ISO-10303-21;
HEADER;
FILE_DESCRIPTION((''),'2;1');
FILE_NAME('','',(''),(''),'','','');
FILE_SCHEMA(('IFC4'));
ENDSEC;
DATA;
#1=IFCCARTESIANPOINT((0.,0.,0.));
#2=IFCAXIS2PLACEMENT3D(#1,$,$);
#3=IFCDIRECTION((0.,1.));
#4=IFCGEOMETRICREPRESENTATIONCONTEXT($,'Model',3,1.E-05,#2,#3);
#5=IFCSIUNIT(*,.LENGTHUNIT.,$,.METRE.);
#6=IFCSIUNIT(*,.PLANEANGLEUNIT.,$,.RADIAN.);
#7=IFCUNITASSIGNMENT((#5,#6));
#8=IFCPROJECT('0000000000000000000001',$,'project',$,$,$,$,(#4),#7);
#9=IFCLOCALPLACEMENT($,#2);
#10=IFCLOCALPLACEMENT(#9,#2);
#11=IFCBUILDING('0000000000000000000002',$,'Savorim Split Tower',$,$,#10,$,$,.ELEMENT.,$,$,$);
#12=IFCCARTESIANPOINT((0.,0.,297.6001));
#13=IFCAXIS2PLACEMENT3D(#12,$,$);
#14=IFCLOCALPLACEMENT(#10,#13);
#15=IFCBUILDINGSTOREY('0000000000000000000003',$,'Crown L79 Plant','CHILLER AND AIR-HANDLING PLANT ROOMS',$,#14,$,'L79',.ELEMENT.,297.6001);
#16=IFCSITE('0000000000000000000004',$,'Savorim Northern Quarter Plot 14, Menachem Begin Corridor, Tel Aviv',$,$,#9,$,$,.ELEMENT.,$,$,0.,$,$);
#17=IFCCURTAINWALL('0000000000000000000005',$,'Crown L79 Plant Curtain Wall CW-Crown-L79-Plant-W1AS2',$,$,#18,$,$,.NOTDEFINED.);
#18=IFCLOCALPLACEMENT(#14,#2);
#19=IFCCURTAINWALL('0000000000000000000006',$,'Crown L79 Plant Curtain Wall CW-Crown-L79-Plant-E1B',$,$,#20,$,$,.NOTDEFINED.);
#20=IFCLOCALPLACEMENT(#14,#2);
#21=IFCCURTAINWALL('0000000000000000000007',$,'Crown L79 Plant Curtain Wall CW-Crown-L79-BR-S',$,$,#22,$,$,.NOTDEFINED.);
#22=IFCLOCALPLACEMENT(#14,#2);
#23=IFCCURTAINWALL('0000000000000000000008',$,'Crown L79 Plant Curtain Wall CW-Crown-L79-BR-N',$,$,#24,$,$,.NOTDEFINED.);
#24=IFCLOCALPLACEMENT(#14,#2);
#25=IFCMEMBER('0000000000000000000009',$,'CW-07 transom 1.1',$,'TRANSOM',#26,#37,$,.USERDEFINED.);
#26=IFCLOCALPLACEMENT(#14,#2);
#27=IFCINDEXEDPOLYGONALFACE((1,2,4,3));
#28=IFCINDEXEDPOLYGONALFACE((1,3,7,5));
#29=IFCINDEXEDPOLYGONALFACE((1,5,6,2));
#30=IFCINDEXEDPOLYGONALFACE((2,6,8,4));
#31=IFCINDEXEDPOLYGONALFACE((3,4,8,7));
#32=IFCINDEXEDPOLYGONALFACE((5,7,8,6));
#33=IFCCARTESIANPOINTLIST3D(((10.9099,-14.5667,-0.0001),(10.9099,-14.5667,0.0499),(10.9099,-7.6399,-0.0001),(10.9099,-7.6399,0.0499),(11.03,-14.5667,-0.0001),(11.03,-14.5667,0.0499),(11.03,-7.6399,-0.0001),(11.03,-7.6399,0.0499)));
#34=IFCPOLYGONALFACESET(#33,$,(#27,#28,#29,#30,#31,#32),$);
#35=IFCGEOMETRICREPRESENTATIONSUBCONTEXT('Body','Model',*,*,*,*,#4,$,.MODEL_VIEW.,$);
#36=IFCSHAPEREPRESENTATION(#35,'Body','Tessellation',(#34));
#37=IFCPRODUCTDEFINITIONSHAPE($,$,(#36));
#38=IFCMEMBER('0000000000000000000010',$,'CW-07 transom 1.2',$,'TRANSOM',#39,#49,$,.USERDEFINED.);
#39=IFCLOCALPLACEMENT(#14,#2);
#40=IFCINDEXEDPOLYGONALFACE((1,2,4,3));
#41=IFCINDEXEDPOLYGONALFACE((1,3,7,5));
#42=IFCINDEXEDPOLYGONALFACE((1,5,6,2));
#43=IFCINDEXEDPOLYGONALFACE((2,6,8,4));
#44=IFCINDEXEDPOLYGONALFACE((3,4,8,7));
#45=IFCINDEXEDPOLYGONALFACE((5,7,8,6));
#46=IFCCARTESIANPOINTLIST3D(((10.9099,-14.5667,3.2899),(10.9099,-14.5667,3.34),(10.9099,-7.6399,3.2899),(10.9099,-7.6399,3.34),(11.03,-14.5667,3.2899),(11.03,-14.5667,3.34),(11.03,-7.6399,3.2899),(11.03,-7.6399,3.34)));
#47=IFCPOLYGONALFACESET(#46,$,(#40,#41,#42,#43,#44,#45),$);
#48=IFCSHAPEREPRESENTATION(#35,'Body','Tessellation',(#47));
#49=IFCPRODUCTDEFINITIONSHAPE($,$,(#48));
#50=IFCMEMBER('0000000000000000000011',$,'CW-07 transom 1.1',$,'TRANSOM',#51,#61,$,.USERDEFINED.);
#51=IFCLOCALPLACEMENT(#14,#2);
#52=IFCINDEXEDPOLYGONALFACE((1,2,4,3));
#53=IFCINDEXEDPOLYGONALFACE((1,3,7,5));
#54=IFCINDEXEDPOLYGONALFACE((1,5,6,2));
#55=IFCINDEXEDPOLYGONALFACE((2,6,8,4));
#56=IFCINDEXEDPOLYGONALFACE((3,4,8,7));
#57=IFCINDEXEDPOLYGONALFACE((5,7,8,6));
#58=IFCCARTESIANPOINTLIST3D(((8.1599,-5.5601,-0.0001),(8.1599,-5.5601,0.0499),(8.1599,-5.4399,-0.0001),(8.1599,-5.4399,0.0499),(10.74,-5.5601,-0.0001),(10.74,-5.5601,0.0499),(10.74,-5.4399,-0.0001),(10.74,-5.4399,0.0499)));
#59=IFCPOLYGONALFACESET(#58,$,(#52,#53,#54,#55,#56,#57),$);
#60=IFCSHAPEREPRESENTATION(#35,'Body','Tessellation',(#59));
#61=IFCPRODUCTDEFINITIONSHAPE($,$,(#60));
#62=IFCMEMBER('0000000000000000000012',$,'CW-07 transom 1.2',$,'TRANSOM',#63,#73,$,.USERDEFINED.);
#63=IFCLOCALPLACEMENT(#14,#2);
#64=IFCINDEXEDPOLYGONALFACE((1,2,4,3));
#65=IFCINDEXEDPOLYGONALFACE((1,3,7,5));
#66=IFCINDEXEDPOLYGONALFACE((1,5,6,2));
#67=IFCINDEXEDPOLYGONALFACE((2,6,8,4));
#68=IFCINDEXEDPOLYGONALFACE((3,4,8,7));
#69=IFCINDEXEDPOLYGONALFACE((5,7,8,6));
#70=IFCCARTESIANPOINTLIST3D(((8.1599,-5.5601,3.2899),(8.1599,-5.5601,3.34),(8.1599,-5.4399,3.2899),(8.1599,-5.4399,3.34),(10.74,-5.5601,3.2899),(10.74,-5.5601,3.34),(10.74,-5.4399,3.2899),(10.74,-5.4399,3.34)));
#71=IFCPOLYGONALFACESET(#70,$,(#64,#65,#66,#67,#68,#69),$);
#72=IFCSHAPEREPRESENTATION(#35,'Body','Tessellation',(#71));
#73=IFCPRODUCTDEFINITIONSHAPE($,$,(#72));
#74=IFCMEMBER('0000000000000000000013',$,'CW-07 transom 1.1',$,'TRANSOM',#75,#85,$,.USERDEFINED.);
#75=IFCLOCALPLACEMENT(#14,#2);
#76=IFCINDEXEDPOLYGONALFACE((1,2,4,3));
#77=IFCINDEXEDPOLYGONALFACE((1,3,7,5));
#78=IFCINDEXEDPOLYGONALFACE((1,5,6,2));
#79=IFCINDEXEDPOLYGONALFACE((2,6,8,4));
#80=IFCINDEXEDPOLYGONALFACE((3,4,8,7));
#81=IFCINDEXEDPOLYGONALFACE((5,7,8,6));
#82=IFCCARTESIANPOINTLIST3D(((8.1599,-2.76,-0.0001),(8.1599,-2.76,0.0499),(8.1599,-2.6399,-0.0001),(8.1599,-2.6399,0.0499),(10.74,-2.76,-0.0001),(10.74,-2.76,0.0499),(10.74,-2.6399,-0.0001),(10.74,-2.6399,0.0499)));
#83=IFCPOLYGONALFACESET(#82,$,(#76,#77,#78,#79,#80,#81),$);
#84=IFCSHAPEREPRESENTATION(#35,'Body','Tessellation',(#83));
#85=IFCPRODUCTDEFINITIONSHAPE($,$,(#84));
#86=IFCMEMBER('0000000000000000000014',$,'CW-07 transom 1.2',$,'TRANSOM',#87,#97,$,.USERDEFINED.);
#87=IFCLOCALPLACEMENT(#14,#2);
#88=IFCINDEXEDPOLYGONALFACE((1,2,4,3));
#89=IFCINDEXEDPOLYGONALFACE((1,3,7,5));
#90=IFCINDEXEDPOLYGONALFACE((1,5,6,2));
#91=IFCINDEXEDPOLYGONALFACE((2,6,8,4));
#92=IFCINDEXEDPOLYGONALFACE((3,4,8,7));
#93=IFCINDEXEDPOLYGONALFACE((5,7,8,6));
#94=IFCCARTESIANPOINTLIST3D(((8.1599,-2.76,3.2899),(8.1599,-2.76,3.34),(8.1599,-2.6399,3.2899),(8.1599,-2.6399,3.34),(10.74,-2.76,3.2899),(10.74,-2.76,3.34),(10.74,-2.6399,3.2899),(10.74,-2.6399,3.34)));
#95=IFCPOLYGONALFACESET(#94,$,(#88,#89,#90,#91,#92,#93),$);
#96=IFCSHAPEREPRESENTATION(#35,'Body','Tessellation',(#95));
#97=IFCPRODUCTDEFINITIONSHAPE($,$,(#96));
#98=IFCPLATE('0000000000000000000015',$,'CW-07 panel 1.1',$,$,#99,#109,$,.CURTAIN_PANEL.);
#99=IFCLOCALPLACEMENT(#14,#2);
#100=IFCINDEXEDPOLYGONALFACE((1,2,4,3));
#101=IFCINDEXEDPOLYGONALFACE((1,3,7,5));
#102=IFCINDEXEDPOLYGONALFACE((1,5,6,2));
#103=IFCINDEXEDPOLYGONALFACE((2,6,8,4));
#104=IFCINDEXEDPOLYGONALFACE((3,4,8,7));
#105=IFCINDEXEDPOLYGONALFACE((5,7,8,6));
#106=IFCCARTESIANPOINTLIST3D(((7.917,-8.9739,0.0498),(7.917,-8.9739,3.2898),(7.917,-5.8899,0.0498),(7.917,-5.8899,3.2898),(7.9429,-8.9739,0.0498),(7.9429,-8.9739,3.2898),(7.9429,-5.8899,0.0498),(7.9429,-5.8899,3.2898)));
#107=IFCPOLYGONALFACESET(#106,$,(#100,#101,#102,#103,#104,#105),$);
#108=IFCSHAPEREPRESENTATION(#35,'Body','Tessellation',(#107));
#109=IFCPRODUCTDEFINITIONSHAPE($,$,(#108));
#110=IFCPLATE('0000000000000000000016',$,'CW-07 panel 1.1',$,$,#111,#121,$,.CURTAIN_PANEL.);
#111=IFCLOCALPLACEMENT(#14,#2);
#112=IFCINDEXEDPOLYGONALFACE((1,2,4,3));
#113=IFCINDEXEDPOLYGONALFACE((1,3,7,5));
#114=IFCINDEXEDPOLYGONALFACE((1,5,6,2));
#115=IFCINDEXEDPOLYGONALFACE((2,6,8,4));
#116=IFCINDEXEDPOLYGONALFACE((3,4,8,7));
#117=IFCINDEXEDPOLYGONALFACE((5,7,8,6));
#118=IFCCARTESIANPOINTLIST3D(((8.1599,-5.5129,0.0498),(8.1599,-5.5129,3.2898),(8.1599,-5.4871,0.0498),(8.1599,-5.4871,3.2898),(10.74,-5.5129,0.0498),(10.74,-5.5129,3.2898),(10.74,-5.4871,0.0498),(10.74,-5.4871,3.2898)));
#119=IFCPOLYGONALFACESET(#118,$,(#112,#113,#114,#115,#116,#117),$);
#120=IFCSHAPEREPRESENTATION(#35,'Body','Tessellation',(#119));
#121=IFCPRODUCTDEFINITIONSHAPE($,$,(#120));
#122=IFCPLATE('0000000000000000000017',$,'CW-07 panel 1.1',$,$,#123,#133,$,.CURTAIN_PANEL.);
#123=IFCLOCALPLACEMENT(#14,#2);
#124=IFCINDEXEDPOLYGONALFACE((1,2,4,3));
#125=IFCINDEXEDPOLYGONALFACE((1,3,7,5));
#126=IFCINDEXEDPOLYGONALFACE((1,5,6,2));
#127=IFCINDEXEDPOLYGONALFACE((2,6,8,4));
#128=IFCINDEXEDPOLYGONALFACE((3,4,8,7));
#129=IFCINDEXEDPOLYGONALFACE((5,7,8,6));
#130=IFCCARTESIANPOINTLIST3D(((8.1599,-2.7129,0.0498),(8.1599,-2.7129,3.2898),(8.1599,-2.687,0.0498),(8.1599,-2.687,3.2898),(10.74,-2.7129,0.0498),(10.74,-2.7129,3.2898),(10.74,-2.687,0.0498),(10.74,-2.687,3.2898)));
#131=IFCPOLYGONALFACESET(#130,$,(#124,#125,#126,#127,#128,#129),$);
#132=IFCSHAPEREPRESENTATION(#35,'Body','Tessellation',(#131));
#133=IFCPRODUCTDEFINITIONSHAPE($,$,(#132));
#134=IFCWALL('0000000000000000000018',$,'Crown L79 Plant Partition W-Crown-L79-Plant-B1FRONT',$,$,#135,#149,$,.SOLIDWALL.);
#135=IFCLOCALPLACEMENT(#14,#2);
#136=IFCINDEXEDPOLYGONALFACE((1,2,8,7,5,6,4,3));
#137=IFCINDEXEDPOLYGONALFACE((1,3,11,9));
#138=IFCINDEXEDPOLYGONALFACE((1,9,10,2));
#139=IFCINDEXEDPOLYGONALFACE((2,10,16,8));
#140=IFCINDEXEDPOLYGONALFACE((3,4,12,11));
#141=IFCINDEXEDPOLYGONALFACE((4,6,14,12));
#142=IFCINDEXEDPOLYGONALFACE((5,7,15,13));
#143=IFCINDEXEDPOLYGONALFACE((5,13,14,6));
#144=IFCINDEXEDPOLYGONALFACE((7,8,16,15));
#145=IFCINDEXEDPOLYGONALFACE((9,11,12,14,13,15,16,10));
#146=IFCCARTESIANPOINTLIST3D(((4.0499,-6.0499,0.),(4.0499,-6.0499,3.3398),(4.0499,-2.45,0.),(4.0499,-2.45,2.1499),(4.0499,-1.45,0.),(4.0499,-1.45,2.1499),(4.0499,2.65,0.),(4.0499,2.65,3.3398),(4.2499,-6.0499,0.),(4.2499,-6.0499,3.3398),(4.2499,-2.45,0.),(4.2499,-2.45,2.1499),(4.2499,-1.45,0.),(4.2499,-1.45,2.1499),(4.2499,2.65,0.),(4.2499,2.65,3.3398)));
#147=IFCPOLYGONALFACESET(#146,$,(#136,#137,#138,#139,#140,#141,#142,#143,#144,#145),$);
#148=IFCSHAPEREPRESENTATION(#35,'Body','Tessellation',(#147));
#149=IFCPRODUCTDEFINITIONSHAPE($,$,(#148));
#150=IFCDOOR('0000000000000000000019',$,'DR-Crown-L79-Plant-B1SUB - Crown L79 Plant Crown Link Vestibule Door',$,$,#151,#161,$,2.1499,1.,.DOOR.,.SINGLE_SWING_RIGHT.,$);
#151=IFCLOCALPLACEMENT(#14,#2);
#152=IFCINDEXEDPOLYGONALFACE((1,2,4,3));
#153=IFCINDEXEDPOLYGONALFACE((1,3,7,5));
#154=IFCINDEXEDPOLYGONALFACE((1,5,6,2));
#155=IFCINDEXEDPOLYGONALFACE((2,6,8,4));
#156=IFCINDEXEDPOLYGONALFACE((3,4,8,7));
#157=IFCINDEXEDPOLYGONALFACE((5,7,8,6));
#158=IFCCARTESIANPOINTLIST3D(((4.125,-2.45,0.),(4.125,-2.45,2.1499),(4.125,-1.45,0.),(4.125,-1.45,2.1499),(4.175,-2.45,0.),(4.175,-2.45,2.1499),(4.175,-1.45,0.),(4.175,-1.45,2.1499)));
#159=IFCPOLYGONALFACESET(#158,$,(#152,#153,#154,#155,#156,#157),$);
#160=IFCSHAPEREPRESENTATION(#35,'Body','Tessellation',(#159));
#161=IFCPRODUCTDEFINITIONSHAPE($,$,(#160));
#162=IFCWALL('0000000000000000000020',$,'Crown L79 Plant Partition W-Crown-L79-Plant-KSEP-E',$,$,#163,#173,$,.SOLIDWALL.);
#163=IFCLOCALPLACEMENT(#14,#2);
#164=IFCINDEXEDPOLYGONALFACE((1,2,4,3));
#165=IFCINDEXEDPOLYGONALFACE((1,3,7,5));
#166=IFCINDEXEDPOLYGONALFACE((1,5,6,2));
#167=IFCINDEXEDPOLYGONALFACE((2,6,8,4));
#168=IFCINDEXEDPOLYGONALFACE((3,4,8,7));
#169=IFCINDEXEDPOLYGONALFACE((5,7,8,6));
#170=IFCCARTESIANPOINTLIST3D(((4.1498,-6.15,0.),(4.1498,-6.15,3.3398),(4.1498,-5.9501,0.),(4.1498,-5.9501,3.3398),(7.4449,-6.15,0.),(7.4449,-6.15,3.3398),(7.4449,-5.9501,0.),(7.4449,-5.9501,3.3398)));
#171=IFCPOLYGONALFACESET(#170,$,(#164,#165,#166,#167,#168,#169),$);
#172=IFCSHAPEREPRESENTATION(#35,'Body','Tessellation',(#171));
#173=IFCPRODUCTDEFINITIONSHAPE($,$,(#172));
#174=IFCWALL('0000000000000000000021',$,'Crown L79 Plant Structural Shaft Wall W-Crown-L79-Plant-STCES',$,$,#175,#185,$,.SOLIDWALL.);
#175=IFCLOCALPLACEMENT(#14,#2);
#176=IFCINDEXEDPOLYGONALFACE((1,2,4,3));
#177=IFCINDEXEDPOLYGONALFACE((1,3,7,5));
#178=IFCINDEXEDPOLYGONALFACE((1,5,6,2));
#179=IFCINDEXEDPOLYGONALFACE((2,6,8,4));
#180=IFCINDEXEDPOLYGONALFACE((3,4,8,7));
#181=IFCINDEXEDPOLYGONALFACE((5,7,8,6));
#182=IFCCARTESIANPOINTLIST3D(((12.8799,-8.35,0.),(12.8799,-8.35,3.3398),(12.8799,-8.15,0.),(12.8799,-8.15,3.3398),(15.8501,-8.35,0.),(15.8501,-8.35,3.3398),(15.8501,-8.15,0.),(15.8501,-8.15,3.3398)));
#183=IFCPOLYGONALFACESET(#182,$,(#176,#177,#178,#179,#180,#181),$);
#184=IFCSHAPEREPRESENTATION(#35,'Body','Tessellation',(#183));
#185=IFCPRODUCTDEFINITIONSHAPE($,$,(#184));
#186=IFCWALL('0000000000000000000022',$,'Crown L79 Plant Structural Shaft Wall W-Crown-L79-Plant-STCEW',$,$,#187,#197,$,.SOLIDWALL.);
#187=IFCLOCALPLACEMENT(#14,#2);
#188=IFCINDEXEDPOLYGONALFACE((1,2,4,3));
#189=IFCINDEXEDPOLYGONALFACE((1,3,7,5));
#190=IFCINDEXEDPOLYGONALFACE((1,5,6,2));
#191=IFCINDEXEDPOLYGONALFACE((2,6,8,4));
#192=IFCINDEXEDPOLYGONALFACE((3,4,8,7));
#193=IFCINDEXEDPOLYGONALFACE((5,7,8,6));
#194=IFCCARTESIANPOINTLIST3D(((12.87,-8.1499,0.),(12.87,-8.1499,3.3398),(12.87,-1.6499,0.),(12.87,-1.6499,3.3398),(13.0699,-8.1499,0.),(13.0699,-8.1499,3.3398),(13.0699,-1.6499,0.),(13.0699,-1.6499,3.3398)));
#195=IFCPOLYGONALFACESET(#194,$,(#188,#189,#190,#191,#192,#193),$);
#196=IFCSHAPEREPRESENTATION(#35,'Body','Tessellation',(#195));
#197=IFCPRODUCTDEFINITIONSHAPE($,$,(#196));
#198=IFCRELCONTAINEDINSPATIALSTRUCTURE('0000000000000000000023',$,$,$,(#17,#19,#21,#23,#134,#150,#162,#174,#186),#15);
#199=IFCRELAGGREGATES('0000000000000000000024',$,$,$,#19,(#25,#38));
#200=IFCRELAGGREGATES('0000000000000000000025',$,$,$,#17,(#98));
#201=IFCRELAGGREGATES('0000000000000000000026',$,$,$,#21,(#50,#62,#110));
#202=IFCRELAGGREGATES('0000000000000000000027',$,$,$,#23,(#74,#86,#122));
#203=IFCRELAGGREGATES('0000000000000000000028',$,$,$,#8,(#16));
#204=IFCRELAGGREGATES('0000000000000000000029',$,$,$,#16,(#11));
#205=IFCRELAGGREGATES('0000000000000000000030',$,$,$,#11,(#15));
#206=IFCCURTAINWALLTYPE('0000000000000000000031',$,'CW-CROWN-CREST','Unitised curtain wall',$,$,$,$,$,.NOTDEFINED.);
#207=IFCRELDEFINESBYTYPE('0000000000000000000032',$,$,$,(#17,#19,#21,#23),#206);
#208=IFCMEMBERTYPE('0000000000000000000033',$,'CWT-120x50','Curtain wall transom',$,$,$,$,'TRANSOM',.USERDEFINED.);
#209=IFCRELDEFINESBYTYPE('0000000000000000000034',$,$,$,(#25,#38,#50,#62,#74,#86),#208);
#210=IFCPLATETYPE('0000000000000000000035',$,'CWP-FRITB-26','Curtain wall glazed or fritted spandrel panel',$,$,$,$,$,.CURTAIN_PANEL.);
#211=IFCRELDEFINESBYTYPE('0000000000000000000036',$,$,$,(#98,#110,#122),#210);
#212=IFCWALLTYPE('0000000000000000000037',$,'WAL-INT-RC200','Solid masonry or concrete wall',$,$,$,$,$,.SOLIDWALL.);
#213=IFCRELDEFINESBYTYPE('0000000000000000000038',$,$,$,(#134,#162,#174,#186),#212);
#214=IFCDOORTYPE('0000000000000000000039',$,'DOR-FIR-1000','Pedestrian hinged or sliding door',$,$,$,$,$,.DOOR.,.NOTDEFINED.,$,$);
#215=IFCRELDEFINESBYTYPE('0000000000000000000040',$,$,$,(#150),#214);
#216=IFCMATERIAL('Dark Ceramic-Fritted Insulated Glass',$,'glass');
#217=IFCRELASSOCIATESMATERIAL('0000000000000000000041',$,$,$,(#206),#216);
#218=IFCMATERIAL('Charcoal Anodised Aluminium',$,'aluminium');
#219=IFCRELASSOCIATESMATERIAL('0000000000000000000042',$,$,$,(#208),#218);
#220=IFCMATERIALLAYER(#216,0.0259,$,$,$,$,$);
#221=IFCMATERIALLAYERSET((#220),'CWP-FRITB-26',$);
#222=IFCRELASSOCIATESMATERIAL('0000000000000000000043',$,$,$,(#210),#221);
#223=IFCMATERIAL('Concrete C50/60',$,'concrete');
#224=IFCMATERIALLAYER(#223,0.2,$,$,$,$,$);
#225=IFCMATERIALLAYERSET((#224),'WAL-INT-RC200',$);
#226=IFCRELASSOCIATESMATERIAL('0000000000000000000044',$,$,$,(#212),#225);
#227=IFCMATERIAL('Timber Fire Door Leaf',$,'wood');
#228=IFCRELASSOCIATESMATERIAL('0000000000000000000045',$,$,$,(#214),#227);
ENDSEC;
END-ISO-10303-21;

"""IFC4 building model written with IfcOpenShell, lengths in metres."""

from ifc_helpers import new_model, si_unit, direction, frame, frame_2d, origin, origin_2d, place, context, subcontext, project, spatial, rectangle, extrude, material, layer, layer_set, material_profile, profile_set, type_object, element, fill, aggregate, save


model = new_model("IFC4")

# Units and contexts
model_context = context("Model", 3, precision=1e-05, world=origin(), true_north=direction((0.0, 1.0)))
body_context = subcontext(model_context, "Body", "Model", "MODEL_VIEW")
ifc_project = project(units=[si_unit("LENGTHUNIT", "METRE"), si_unit("PLANEANGLEUNIT", "RADIAN")], contexts=[model_context])

# Site, building, storey
site_placement = place(None, origin())
site = spatial("IfcSite", under=ifc_project, at=site_placement, Name="Savorim Northern Quarter Plot 14, Menachem Begin Corridor, Tel Aviv", CompositionType="ELEMENT", RefElevation=0.0)
building_placement = place(site_placement, origin())
building = spatial("IfcBuilding", under=site, at=building_placement, Name="Savorim Split Tower", CompositionType="ELEMENT")
storey_placement = place(building_placement, frame((0.0, 0.0, 297.6001)))
storey = spatial("IfcBuildingStorey", under=building, at=storey_placement, Name="Crown L79 Plant", Description="CHILLER AND AIR-HANDLING PLANT ROOMS", LongName="L79", CompositionType="ELEMENT", Elevation=297.6001)

# Curtain walls
ifc_material_1 = material(Name="Dark Ceramic-Fritted Insulated Glass", Category="glass")
curtain_wall_type = type_object("IfcCurtainWallType", Name="CW-CROWN-CREST", Description="Unitised curtain wall", PredefinedType="NOTDEFINED", material=ifc_material_1)
curtain_wall_1_placement = place(storey_placement, origin())
curtain_wall_1 = element("IfcCurtainWall", 1, at=curtain_wall_1_placement, inside=storey, type_object=curtain_wall_type, Name="Crown L79 Plant Curtain Wall CW-Crown-L79-Plant-W1AS2", PredefinedType="NOTDEFINED")
ifc_material_2 = material(Name="Charcoal Anodised Aluminium", Category="aluminium")
curtain_wall_2_placement = place(storey_placement, origin())
curtain_wall_2 = element("IfcCurtainWall", 2, at=curtain_wall_2_placement, inside=storey, type_object=curtain_wall_type, Name="Crown L79 Plant Curtain Wall CW-Crown-L79-Plant-E1B", PredefinedType="NOTDEFINED")

# Curtain wall
curtain_wall_3_placement = place(storey_placement, origin())
curtain_wall_3 = element("IfcCurtainWall", 3, at=curtain_wall_3_placement, inside=storey, type_object=curtain_wall_type, Name="Crown L79 Plant Curtain Wall CW-Crown-L79-BR-S", PredefinedType="NOTDEFINED")

# Curtain wall
curtain_wall_4_placement = place(storey_placement, origin())
curtain_wall_4 = element("IfcCurtainWall", 4, at=curtain_wall_4_placement, inside=storey, type_object=curtain_wall_type, Name="Crown L79 Plant Curtain Wall CW-Crown-L79-BR-N", PredefinedType="NOTDEFINED")

# Members
ifc_material_profile_1 = material_profile(ifc_material_2, rectangle(XDim=0.1201, YDim=0.05, at=origin_2d()), Name="ALU-T 120x50")
ifc_profile_set_1 = profile_set([ifc_material_profile_1], Name="Charcoal Anodised Aluminium")
member_type_1 = type_object("IfcMemberType", Name="CWT-120x50", Description="Curtain wall transom", ElementType="TRANSOM", PredefinedType="USERDEFINED", material=ifc_profile_set_1)
member_1_placement = place(storey_placement, frame((10.97, -7.6399, 0.0249), z_axis=(0.0, -1.0, 0.0), x_axis=(1.0, 0.0, 0.0)))
member_1 = element("IfcMember", 5, at=member_1_placement, type_object=member_type_1, Name="CW-07 transom 1.1", ObjectType="TRANSOM", PredefinedType="USERDEFINED", context=body_context, shape_type="SweptSolid", body=[
    extrude(rectangle(XDim=0.1201, YDim=0.05, at=origin_2d()), origin(), (0.0, 0.0, 1.0), 6.9268),
])
member_2_placement = place(storey_placement, frame((10.97, -7.6399, 3.3149), z_axis=(0.0, -1.0, 0.0), x_axis=(1.0, 0.0, 0.0)))
member_2 = element("IfcMember", 6, at=member_2_placement, type_object=member_type_1, Name="CW-07 transom 1.2", ObjectType="TRANSOM", PredefinedType="USERDEFINED", context=body_context, shape_type="SweptSolid", body=[
    extrude(rectangle(XDim=0.1201, YDim=0.05, at=origin_2d()), origin(), (0.0, 0.0, 1.0), 6.9268),
])
aggregate(curtain_wall_2, [member_1, member_2])
member_3_placement = place(storey_placement, frame((8.1599, -5.5, 0.0249), z_axis=(1.0, 0.0, 0.0), x_axis=(0.0, 1.0, 0.0)))
member_3 = element("IfcMember", 7, at=member_3_placement, type_object=member_type_1, Name="CW-07 transom 1.1", ObjectType="TRANSOM", PredefinedType="USERDEFINED", context=body_context, shape_type="SweptSolid", body=[
    extrude(rectangle(XDim=0.1201, YDim=0.05, at=origin_2d()), origin(), (0.0, 0.0, 1.0), 2.5801),
])
member_4_placement = place(storey_placement, frame((8.1599, -5.5, 3.3149), z_axis=(1.0, 0.0, 0.0), x_axis=(0.0, 1.0, 0.0)))
member_4 = element("IfcMember", 8, at=member_4_placement, type_object=member_type_1, Name="CW-07 transom 1.2", ObjectType="TRANSOM", PredefinedType="USERDEFINED", context=body_context, shape_type="SweptSolid", body=[
    extrude(rectangle(XDim=0.1201, YDim=0.05, at=origin_2d()), origin(), (0.0, 0.0, 1.0), 2.5801),
])
member_5_placement = place(storey_placement, frame((10.74, -2.7, 0.0249), z_axis=(-1.0, 0.0, 0.0), x_axis=(0.0, -1.0, 0.0)))
member_5 = element("IfcMember", 9, at=member_5_placement, type_object=member_type_1, Name="CW-07 transom 1.1", ObjectType="TRANSOM", PredefinedType="USERDEFINED", context=body_context, shape_type="SweptSolid", body=[
    extrude(rectangle(XDim=0.1201, YDim=0.05, at=origin_2d()), origin(), (0.0, 0.0, 1.0), 2.5801),
])
member_6_placement = place(storey_placement, frame((10.74, -2.7, 3.3149), z_axis=(-1.0, 0.0, 0.0), x_axis=(0.0, -1.0, 0.0)))
member_6 = element("IfcMember", 10, at=member_6_placement, type_object=member_type_1, Name="CW-07 transom 1.2", ObjectType="TRANSOM", PredefinedType="USERDEFINED", context=body_context, shape_type="SweptSolid", body=[
    extrude(rectangle(XDim=0.1201, YDim=0.05, at=origin_2d()), origin(), (0.0, 0.0, 1.0), 2.5801),
])

# Plates
ifc_layer_1 = layer(ifc_material_1, 0.0259)
ifc_layer_set_1 = layer_set([ifc_layer_1], Name="CWP-FRITB-26")
plate_type = type_object("IfcPlateType", Name="CWP-FRITB-26", Description="Curtain wall glazed or fritted spandrel panel", PredefinedType="CURTAIN_PANEL", material=ifc_layer_set_1)
plate_1_placement = place(storey_placement, frame((7.9299, -7.4319, 0.0498), z_axis=(0.0, 0.0, 1.0), x_axis=(0.0, 1.0, 0.0)))
plate_1 = element("IfcPlate", 11, at=plate_1_placement, type_object=plate_type, Name="CW-07 panel 1.1", PredefinedType="CURTAIN_PANEL", context=body_context, shape_type="SweptSolid", body=[
    extrude(rectangle(XDim=3.084, YDim=0.0259, at=origin_2d()), origin(), (0.0, 0.0, 1.0), 3.24),
])
aggregate(curtain_wall_1, [plate_1])
plate_2_placement = place(storey_placement, frame((9.45, -5.5, 0.0498), z_axis=(0.0, 0.0, 1.0), x_axis=(1.0, 0.0, 0.0)))
plate_2 = element("IfcPlate", 12, at=plate_2_placement, type_object=plate_type, Name="CW-07 panel 1.1", PredefinedType="CURTAIN_PANEL", context=body_context, shape_type="SweptSolid", body=[
    extrude(rectangle(XDim=2.5801, YDim=0.0259, at=origin_2d()), origin(), (0.0, 0.0, 1.0), 3.24),
])
aggregate(curtain_wall_3, [member_3, member_4, plate_2])
plate_3_placement = place(storey_placement, frame((9.45, -2.7, 0.0498), z_axis=(0.0, 0.0, 1.0), x_axis=(-1.0, 0.0, 0.0)))
plate_3 = element("IfcPlate", 13, at=plate_3_placement, type_object=plate_type, Name="CW-07 panel 1.1", PredefinedType="CURTAIN_PANEL", context=body_context, shape_type="SweptSolid", body=[
    extrude(rectangle(XDim=2.5801, YDim=0.0259, at=origin_2d()), origin(), (0.0, 0.0, 1.0), 3.24),
])
aggregate(curtain_wall_4, [member_5, member_6, plate_3])

# Wall, opening, door
ifc_material_3 = material(Name="Concrete C50/60", Category="concrete")
ifc_layer_2 = layer(ifc_material_3, 0.2)
ifc_layer_set_2 = layer_set([ifc_layer_2], Name="WAL-INT-RC200")
wall_type = type_object("IfcWallType", Name="WAL-INT-RC200", Description="Solid masonry or concrete wall", PredefinedType="SOLIDWALL", material=ifc_layer_set_2)
wall_1_placement = place(storey_placement, frame((4.1499, -6.05, 0.0), z_axis=(0.0, 0.0, 1.0), x_axis=(0.0, 1.0, 0.0)))
wall_1 = element("IfcWall", 14, at=wall_1_placement, inside=storey, type_object=wall_type, Name="Crown L79 Plant Partition W-Crown-L79-Plant-B1FRONT", PredefinedType="SOLIDWALL", context=body_context, shape_type="SweptSolid", body=[
    extrude(rectangle(XDim=8.7, YDim=0.2, at=frame_2d((4.3501, 0.0))), origin(), (0.0, 0.0, 1.0), 3.3398),
])
opening_placement = place(wall_1_placement, frame((3.6001, 0.0, 0.0)))
opening = element("IfcOpeningElement", 15, at=opening_placement, cuts=wall_1, PredefinedType="OPENING", context=body_context, shape_type="SweptSolid", body=[
    extrude(rectangle(XDim=1.0, YDim=2.1499, at=frame_2d((0.5, 1.075))), frame((0.0, 0.1099, 0.0), z_axis=(0.0, -1.0, 0.0), x_axis=(1.0, 0.0, 0.0)), (0.0, 0.0, 1.0), 0.22),
])
ifc_material_4 = material(Name="Timber Fire Door Leaf", Category="wood")
door_type = type_object("IfcDoorType", Name="DOR-FIR-1000", Description="Pedestrian hinged or sliding door", OperationType="NOTDEFINED", PredefinedType="DOOR", material=ifc_material_4)
door_placement = place(opening_placement, origin())
door = element("IfcDoor", 16, at=door_placement, inside=storey, type_object=door_type, Name="DR-Crown-L79-Plant-B1SUB - Crown L79 Plant Crown Link Vestibule Door", OperationType="SINGLE_SWING_RIGHT", OverallHeight=2.1499, OverallWidth=1.0, PredefinedType="DOOR", context=body_context, shape_type="SweptSolid", body=[
    extrude(rectangle(XDim=1.0, YDim=2.1499, at=frame_2d((0.5, 1.075))), frame((0.0, 0.0249, 0.0), z_axis=(0.0, -1.0, 0.0), x_axis=(1.0, 0.0, 0.0)), (0.0, 0.0, 1.0), 0.05),
])
fill(opening, door)

# Walls
wall_2_placement = place(storey_placement, frame((4.1499, -6.05, 0.0), z_axis=(0.0, 0.0, 1.0), x_axis=(1.0, 0.0, 0.0)))
element("IfcWall", 17, at=wall_2_placement, inside=storey, type_object=wall_type, Name="Crown L79 Plant Partition W-Crown-L79-Plant-KSEP-E", PredefinedType="SOLIDWALL", context=body_context, shape_type="SweptSolid", body=[
    extrude(rectangle(XDim=3.2952, YDim=0.2, at=frame_2d((1.6475, 0.0))), origin(), (0.0, 0.0, 1.0), 3.3398),
])
wall_3_placement = place(storey_placement, frame((12.8799, -8.25, 0.0), z_axis=(0.0, 0.0, 1.0), x_axis=(1.0, 0.0, 0.0)))
element("IfcWall", 18, at=wall_3_placement, inside=storey, type_object=wall_type, Name="Crown L79 Plant Structural Shaft Wall W-Crown-L79-Plant-STCES", PredefinedType="SOLIDWALL", context=body_context, shape_type="SweptSolid", body=[
    extrude(rectangle(XDim=2.9702, YDim=0.2, at=frame_2d((1.4851, 0.0))), origin(), (0.0, 0.0, 1.0), 3.3398),
])
wall_4_placement = place(storey_placement, frame((12.97, -8.1499, 0.0), z_axis=(0.0, 0.0, 1.0), x_axis=(0.0, 1.0, 0.0)))
element("IfcWall", 19, at=wall_4_placement, inside=storey, type_object=wall_type, Name="Crown L79 Plant Structural Shaft Wall W-Crown-L79-Plant-STCEW", PredefinedType="SOLIDWALL", context=body_context, shape_type="SweptSolid", body=[
    extrude(rectangle(XDim=6.5, YDim=0.2, at=frame_2d((3.25, 0.0))), origin(), (0.0, 0.0, 1.0), 3.3398),
])

save(model, "model.ifc")
